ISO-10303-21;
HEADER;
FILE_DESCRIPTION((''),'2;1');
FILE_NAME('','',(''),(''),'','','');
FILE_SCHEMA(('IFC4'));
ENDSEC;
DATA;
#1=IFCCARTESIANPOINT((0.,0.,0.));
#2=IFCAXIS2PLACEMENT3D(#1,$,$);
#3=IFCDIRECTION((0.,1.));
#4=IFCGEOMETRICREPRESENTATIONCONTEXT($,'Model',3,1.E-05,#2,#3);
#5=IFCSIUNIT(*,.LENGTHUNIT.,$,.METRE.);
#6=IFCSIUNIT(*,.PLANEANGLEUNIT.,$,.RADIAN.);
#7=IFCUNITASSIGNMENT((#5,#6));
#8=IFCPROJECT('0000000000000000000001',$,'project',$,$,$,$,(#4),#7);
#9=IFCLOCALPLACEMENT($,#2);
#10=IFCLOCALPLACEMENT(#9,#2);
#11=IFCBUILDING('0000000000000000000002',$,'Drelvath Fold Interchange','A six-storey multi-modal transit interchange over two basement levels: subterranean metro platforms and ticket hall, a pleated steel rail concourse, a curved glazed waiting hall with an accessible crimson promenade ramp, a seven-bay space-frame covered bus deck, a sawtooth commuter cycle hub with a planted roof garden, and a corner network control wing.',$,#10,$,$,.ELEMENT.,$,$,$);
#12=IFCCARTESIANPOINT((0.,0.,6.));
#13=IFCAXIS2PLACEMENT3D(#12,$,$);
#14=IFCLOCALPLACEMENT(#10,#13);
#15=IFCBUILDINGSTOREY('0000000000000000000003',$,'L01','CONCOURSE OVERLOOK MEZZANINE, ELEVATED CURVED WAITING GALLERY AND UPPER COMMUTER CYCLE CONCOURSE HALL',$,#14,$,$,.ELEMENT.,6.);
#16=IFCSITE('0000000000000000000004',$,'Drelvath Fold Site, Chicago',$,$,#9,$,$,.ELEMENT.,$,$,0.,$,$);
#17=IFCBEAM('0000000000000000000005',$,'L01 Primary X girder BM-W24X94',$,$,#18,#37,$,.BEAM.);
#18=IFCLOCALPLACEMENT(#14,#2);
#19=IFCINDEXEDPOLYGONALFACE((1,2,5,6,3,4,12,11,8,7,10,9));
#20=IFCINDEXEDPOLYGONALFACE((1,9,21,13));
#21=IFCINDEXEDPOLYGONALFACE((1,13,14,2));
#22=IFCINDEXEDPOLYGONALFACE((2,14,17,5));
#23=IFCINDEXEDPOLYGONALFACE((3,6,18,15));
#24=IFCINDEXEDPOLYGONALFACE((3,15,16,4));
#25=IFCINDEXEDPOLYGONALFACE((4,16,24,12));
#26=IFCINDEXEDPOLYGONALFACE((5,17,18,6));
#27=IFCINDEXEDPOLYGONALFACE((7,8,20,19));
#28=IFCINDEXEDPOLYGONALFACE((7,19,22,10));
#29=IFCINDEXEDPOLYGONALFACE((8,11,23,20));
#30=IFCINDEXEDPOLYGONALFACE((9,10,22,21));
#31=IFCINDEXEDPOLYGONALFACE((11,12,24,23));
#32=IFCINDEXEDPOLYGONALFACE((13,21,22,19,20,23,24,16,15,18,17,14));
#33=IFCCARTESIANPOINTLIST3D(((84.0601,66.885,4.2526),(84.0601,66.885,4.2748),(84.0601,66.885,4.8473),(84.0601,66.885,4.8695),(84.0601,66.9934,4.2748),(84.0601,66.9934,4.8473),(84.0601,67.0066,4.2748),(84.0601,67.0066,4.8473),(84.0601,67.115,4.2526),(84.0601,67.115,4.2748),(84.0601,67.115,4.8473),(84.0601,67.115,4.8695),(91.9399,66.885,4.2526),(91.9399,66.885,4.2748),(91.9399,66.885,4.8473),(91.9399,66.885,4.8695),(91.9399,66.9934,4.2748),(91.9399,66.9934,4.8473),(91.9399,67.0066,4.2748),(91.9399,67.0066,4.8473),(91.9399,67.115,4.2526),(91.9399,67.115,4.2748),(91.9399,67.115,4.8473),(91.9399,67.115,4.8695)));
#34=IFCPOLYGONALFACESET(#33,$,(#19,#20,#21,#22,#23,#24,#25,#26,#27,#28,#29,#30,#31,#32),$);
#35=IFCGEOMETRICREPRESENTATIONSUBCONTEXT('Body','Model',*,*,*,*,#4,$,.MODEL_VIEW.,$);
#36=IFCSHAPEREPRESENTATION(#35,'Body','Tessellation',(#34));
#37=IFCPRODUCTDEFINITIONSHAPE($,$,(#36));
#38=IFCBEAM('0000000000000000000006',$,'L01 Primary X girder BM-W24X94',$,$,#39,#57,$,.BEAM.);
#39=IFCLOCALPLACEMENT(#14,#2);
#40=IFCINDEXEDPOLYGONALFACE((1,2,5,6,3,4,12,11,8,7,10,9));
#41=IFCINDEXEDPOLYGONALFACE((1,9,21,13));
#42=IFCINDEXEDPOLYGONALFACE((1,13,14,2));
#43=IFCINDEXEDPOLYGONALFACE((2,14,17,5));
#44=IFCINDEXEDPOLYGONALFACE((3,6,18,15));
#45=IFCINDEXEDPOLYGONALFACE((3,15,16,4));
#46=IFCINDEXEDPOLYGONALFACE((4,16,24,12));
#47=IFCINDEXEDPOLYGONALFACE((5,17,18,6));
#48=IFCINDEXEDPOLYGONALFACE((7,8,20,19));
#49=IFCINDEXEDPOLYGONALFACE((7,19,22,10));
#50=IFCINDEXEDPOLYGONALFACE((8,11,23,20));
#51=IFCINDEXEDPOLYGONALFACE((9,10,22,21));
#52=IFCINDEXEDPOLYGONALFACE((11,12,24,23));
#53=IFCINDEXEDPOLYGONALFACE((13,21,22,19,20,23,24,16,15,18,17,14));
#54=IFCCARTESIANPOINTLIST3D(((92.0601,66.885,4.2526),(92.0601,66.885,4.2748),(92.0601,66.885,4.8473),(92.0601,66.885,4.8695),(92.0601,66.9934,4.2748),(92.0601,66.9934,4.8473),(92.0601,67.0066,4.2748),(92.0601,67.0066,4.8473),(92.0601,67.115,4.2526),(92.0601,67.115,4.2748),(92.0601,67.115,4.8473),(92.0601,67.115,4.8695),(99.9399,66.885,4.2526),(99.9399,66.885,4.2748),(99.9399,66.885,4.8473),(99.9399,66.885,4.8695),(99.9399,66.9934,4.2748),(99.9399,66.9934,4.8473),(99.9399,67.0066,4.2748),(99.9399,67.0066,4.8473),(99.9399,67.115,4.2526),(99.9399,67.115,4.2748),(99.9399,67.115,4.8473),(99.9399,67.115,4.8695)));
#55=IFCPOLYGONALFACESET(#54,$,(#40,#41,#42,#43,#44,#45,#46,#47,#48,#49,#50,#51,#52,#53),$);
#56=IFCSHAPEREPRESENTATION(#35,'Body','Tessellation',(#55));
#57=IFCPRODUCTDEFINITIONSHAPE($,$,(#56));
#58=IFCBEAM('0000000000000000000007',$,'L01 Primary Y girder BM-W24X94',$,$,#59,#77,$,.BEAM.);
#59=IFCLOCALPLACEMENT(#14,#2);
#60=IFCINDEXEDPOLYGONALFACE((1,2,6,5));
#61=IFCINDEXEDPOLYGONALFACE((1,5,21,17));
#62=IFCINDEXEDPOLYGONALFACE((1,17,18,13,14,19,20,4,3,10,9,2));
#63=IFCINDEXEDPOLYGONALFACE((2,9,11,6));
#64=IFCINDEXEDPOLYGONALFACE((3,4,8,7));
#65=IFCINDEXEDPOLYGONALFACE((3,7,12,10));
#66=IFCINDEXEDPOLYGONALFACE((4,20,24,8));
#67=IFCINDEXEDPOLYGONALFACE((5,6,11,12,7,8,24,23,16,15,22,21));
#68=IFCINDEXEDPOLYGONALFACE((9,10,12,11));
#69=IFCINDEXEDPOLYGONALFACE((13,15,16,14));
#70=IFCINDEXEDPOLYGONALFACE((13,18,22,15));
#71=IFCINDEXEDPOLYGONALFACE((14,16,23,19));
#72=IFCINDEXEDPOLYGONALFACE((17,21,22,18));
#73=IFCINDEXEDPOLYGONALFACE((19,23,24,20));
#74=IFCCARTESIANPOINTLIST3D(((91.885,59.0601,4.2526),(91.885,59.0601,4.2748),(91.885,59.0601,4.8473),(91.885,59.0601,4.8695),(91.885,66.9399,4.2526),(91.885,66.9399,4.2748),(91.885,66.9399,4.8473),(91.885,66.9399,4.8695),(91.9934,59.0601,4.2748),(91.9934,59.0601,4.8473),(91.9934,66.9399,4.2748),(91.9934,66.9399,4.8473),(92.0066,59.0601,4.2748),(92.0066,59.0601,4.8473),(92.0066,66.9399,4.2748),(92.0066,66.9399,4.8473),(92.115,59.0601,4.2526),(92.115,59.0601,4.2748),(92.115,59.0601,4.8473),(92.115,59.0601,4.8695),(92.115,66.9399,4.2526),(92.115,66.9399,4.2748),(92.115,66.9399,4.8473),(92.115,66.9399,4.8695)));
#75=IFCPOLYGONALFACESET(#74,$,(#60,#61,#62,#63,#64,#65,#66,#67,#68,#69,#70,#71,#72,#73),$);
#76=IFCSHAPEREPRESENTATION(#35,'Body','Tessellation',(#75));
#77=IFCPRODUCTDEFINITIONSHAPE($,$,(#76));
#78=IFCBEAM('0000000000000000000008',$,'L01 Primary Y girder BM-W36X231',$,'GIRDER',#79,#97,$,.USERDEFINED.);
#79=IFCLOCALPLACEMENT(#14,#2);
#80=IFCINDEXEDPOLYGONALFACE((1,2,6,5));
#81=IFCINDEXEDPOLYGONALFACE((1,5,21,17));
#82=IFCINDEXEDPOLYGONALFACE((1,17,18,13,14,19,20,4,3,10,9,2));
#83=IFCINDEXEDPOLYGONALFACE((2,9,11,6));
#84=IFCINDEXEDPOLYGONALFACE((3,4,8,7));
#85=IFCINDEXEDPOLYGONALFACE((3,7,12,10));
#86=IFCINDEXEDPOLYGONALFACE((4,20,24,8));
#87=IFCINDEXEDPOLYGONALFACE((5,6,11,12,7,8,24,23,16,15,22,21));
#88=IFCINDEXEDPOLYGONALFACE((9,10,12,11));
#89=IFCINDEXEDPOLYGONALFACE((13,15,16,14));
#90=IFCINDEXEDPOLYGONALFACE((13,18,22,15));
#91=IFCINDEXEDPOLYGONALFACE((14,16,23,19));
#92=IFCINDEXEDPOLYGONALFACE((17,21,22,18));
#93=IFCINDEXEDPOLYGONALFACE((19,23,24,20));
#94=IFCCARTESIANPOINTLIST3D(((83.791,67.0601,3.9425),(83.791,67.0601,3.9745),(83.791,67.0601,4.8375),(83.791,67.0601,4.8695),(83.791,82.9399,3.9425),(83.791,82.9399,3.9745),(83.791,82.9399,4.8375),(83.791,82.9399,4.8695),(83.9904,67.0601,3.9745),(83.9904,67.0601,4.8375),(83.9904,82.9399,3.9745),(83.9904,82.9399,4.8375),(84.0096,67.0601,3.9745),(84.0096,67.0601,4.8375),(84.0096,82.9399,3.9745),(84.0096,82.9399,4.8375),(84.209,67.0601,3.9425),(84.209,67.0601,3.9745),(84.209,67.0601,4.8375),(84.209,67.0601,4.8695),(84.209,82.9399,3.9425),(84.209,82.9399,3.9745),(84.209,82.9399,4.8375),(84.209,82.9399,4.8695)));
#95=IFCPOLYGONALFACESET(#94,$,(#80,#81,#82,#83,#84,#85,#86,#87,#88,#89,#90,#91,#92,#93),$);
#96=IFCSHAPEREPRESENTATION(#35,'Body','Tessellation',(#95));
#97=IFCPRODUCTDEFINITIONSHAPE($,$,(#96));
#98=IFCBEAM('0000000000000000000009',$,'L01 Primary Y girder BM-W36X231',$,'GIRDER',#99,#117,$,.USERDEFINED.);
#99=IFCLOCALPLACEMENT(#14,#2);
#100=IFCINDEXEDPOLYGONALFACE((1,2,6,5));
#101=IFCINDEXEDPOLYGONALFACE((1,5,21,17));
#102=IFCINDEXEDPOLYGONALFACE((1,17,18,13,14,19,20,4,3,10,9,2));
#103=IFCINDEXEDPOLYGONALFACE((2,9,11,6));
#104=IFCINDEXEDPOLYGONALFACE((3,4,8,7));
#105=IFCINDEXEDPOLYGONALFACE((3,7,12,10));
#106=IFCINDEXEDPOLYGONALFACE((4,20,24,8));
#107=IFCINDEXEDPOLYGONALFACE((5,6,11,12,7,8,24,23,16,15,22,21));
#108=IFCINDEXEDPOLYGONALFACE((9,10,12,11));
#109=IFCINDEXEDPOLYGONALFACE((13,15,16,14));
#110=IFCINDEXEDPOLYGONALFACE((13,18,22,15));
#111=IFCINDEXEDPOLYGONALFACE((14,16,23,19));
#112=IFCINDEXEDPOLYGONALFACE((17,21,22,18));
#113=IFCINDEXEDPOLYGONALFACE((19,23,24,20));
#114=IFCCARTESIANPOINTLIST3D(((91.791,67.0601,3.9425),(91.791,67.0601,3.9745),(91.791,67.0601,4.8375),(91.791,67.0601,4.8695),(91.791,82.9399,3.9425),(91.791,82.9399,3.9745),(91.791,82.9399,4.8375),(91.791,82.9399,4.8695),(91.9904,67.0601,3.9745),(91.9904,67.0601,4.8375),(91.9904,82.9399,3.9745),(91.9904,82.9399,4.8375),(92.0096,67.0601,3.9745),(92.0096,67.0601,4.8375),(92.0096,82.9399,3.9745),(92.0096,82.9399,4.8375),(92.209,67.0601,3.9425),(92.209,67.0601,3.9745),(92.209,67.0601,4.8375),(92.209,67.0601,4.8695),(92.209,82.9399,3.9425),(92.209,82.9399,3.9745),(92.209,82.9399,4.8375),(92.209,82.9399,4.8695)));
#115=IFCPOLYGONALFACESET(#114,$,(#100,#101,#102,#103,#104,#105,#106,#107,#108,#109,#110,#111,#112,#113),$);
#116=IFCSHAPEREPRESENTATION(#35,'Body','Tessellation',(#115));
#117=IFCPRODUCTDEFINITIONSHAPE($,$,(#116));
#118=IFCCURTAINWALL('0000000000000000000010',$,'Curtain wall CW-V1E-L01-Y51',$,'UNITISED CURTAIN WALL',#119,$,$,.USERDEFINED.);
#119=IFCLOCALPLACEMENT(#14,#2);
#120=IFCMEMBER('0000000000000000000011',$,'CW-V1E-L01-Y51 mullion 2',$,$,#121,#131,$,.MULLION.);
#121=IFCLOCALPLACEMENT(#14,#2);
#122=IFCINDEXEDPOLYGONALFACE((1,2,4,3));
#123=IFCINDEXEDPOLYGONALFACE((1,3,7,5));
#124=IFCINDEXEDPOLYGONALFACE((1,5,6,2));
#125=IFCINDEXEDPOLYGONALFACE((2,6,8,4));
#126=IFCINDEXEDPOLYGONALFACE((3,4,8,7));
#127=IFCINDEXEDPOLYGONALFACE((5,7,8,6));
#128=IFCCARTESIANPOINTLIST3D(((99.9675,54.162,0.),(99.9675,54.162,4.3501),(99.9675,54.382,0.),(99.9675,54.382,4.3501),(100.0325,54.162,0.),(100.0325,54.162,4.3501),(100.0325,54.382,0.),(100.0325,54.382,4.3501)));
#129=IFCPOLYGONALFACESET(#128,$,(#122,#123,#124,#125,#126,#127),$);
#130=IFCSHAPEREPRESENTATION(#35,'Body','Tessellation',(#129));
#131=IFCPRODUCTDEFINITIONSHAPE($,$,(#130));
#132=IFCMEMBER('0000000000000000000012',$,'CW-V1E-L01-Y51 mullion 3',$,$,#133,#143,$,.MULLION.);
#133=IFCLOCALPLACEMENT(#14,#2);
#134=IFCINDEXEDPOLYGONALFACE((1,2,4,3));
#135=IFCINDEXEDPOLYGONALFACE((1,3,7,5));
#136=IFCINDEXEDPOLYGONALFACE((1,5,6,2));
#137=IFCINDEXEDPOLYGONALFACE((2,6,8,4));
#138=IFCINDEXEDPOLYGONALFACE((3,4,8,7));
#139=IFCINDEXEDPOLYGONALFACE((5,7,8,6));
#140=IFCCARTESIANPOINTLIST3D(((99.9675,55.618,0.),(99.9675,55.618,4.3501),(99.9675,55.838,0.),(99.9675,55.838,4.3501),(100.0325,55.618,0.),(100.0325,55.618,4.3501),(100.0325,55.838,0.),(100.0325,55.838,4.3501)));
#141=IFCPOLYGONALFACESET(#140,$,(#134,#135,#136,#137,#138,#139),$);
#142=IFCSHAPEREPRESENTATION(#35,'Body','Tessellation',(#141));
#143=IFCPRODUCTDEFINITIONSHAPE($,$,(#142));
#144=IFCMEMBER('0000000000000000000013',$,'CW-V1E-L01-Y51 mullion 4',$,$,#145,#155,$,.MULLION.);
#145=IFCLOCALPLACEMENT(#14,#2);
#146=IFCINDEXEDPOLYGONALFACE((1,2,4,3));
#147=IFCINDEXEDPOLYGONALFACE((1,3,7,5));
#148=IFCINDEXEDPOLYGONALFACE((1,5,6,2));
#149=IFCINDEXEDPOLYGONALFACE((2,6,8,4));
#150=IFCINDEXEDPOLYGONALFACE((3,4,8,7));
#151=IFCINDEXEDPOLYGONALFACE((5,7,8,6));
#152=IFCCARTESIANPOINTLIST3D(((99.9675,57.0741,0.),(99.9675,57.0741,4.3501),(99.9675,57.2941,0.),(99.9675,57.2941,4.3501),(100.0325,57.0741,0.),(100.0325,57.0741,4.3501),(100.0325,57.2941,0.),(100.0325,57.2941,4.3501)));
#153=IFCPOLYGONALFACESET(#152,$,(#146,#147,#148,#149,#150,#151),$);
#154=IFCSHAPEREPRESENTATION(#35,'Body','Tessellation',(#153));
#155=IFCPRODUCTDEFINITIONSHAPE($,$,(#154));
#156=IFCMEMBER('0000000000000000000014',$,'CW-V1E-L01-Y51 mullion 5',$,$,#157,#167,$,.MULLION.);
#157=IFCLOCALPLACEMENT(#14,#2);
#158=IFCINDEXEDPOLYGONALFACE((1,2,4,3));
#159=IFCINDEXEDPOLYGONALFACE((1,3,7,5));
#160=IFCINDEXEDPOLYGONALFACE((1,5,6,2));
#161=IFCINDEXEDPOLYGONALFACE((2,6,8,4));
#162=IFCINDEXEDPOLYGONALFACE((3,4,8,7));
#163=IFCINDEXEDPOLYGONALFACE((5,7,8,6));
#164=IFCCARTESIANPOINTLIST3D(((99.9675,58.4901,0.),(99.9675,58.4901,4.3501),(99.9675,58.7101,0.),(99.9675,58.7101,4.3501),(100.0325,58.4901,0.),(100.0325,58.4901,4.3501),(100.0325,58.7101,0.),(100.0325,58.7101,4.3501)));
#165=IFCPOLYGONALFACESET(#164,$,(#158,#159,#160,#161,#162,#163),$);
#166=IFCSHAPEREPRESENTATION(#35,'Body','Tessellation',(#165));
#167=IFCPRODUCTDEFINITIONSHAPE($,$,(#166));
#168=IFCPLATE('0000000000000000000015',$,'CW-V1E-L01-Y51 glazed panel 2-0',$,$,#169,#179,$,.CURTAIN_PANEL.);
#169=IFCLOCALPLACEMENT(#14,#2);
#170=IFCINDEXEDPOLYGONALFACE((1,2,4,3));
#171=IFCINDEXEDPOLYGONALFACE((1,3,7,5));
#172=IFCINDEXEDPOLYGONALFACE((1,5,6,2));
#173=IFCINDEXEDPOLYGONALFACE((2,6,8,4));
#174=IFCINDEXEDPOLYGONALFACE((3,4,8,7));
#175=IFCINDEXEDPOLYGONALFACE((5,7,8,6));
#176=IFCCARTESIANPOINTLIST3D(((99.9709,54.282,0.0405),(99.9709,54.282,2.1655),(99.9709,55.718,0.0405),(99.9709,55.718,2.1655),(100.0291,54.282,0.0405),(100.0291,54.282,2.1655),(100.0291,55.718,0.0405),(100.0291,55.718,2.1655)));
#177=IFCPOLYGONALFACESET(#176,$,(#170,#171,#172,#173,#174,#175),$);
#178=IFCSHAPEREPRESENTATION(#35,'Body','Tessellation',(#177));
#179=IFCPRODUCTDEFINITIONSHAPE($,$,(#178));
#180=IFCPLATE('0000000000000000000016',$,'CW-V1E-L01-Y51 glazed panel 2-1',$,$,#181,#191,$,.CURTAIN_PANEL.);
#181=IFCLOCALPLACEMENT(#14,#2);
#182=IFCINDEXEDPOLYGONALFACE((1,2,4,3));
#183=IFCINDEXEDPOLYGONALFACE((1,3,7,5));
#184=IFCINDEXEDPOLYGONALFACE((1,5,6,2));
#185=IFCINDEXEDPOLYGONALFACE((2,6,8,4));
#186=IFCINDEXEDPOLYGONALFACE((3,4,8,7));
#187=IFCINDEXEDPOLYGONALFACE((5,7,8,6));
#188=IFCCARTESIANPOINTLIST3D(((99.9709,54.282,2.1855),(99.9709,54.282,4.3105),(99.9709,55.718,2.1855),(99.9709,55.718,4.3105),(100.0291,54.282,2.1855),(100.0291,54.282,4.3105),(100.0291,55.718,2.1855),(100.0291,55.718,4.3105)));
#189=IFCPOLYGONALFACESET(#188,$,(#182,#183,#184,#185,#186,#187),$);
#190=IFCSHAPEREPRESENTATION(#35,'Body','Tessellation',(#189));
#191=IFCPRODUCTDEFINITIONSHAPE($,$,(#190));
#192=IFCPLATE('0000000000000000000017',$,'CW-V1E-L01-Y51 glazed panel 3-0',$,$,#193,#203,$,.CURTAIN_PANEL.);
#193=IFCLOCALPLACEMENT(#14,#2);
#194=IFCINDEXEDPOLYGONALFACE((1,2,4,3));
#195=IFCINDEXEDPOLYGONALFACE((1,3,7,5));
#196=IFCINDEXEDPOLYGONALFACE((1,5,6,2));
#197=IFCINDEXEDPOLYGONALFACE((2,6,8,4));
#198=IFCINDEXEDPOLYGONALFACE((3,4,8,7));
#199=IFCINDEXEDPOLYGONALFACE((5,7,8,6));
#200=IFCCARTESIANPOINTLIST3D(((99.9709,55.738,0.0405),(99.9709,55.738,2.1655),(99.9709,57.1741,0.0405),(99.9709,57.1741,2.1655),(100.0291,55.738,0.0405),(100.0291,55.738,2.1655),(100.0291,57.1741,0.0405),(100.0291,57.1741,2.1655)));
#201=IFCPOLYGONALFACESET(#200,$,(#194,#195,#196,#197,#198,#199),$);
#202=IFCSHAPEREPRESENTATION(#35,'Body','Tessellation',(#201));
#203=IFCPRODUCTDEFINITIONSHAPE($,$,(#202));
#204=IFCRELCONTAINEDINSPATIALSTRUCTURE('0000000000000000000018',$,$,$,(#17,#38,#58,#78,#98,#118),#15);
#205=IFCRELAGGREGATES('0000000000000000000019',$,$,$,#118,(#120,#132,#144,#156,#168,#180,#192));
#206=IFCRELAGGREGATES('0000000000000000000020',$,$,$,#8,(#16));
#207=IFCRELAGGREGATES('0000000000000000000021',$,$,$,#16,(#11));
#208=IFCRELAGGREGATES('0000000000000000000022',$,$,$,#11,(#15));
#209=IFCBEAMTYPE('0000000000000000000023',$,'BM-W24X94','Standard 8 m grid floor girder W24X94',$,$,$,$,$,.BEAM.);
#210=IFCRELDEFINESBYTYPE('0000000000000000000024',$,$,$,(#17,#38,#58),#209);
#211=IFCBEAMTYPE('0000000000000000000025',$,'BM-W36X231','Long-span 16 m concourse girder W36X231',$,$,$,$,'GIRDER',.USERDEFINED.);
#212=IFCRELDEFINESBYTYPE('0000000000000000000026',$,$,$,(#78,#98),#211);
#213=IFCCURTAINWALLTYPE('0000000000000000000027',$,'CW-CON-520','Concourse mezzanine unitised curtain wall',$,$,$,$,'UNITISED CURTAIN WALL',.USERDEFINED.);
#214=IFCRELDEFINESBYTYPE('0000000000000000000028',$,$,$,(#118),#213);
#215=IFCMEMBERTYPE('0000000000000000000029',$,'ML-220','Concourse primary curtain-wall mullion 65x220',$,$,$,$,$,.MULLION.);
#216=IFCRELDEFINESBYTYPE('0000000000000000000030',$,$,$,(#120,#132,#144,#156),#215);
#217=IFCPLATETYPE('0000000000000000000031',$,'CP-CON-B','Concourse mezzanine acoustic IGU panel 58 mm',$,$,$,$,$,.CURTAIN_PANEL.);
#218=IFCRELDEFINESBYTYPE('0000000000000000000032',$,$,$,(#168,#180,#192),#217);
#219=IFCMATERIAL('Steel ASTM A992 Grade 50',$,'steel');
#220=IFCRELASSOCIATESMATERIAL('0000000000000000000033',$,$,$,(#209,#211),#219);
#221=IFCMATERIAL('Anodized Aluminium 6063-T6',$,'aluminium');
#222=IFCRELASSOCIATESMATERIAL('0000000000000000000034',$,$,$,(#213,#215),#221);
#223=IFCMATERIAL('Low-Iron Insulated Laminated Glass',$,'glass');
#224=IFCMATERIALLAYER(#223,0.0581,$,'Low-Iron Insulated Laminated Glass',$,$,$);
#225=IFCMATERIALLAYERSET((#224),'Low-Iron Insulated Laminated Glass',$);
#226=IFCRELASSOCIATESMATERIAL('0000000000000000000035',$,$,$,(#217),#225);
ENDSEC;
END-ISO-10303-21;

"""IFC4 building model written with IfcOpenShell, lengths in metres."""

from ifc_helpers import new_model, si_unit, direction, frame, origin, origin_2d, place, context, subcontext, project, spatial, rectangle, i_section, extrude, material, layer, layer_set, material_profile, profile_set, type_object, element, aggregate, save


model = new_model("IFC4")

# Units and contexts
model_context = context("Model", 3, precision=1e-05, world=origin(), true_north=direction((0.0, 1.0)))
body_context = subcontext(model_context, "Body", "Model", "MODEL_VIEW")
ifc_project = project(units=[si_unit("LENGTHUNIT", "METRE"), si_unit("PLANEANGLEUNIT", "RADIAN")], contexts=[model_context])

# Site, building, storey
site_placement = place(None, origin())
site = spatial("IfcSite", under=ifc_project, at=site_placement, Name="Drelvath Fold Site, Chicago", CompositionType="ELEMENT", RefElevation=0.0)
building_placement = place(site_placement, origin())
building = spatial("IfcBuilding", under=site, at=building_placement, Name="Drelvath Fold Interchange", Description="A six-storey multi-modal transit interchange over two basement levels: subterranean metro platforms and ticket hall, a pleated steel rail concourse, a curved glazed waiting hall with an accessible crimson promenade ramp, a seven-bay space-frame covered bus deck, a sawtooth commuter cycle hub with a planted roof garden, and a corner network control wing.", CompositionType="ELEMENT")
storey_placement = place(building_placement, frame((0.0, 0.0, 6.0)))
storey = spatial("IfcBuildingStorey", under=building, at=storey_placement, Name="L01", Description="CONCOURSE OVERLOOK MEZZANINE, ELEVATED CURVED WAITING GALLERY AND UPPER COMMUTER CYCLE CONCOURSE HALL", CompositionType="ELEMENT", Elevation=6.0)

# Beams
ifc_material_1 = material(Name="Steel ASTM A992 Grade 50", Category="steel")
ifc_material_profile_1 = material_profile(ifc_material_1, i_section(OverallWidth=0.23, OverallDepth=0.6169, WebThickness=0.0132, FlangeThickness=0.0222, at=origin_2d()), Name="W24X94")
ifc_profile_set_1 = profile_set([ifc_material_profile_1], Name="Steel ASTM A992 Grade 50")
beam_type_1 = type_object("IfcBeamType", Name="BM-W24X94", Description="Standard 8 m grid floor girder W24X94", PredefinedType="BEAM", material=ifc_profile_set_1)
for number, where, z_axis, x_axis, name in (
    (1, (84.0601, 67.0, 4.561), (1.0, 0.0, 0.0), (0.0, 1.0, 0.0), "L01 Primary X girder BM-W24X94"),
    (2, (92.0601, 67.0, 4.561), (1.0, 0.0, 0.0), (0.0, 1.0, 0.0), "L01 Primary X girder BM-W24X94"),
    (3, (92.0, 59.0601, 4.561), (0.0, 1.0, 0.0), (-1.0, 0.0, 0.0), "L01 Primary Y girder BM-W24X94"),
):
    element("IfcBeam", number, at=place(storey_placement, frame(where, z_axis=z_axis, x_axis=x_axis)), inside=storey, type_object=beam_type_1, Name=name, PredefinedType="BEAM", context=body_context, shape_type="SweptSolid", body=[
        extrude(i_section(OverallWidth=0.23, OverallDepth=0.6169, WebThickness=0.0132, FlangeThickness=0.0222, at=origin_2d()), origin(), (0.0, 0.0, 1.0), 7.8799),
    ])
ifc_material_profile_2 = material_profile(ifc_material_1, i_section(OverallWidth=0.418, OverallDepth=0.927, WebThickness=0.0193, FlangeThickness=0.032, at=origin_2d()), Name="W36X231")
ifc_profile_set_2 = profile_set([ifc_material_profile_2], Name="Steel ASTM A992 Grade 50")
beam_type_2 = type_object("IfcBeamType", Name="BM-W36X231", Description="Long-span 16 m concourse girder W36X231", ElementType="GIRDER", PredefinedType="USERDEFINED", material=ifc_profile_set_2)
for number, where, z_axis, x_axis, name in (
    (4, (84.0, 67.0601, 4.406), (0.0, 1.0, 0.0), (-1.0, 0.0, 0.0), "L01 Primary Y girder BM-W36X231"),
    (5, (92.0, 67.0601, 4.406), (0.0, 1.0, 0.0), (-1.0, 0.0, 0.0), "L01 Primary Y girder BM-W36X231"),
):
    element("IfcBeam", number, at=place(storey_placement, frame(where, z_axis=z_axis, x_axis=x_axis)), inside=storey, type_object=beam_type_2, Name=name, ObjectType="GIRDER", PredefinedType="USERDEFINED", context=body_context, shape_type="SweptSolid", body=[
        extrude(i_section(OverallWidth=0.418, OverallDepth=0.927, WebThickness=0.0193, FlangeThickness=0.032, at=origin_2d()), origin(), (0.0, 0.0, 1.0), 15.8799),
    ])

# Curtain wall, members, plates
ifc_material_2 = material(Name="Anodized Aluminium 6063-T6", Category="aluminium")
curtain_wall_type = type_object("IfcCurtainWallType", Name="CW-CON-520", Description="Concourse mezzanine unitised curtain wall", ElementType="UNITISED CURTAIN WALL", PredefinedType="USERDEFINED", material=ifc_material_2)
curtain_wall_placement = place(storey_placement, origin())
curtain_wall = element("IfcCurtainWall", 6, at=curtain_wall_placement, inside=storey, type_object=curtain_wall_type, Name="Curtain wall CW-V1E-L01-Y51", ObjectType="UNITISED CURTAIN WALL", PredefinedType="USERDEFINED")
ifc_material_profile_3 = material_profile(ifc_material_2, rectangle(XDim=0.0649, YDim=0.22, at=origin_2d()), Name="AL-M 65x220")
ifc_profile_set_3 = profile_set([ifc_material_profile_3], Name="Anodized Aluminium 6063-T6")
member_type = type_object("IfcMemberType", Name="ML-220", Description="Concourse primary curtain-wall mullion 65x220", PredefinedType="MULLION", material=ifc_profile_set_3)
member_1_placement = place(storey_placement, frame((100.0, 54.272, 0.0), z_axis=(0.0, 0.0, 1.0), x_axis=(1.0, 0.0, 0.0)))
member_1 = element("IfcMember", 7, at=member_1_placement, type_object=member_type, Name="CW-V1E-L01-Y51 mullion 2", PredefinedType="MULLION", context=body_context, shape_type="SweptSolid", body=[
    extrude(rectangle(XDim=0.0649, YDim=0.22, at=origin_2d()), origin(), (0.0, 0.0, 1.0), 4.3501),
])
member_2_placement = place(storey_placement, frame((100.0, 55.728, 0.0), z_axis=(0.0, 0.0, 1.0), x_axis=(1.0, 0.0, 0.0)))
member_2 = element("IfcMember", 8, at=member_2_placement, type_object=member_type, Name="CW-V1E-L01-Y51 mullion 3", PredefinedType="MULLION", context=body_context, shape_type="SweptSolid", body=[
    extrude(rectangle(XDim=0.0649, YDim=0.22, at=origin_2d()), origin(), (0.0, 0.0, 1.0), 4.3501),
])
member_3_placement = place(storey_placement, frame((100.0, 57.1841, 0.0), z_axis=(0.0, 0.0, 1.0), x_axis=(1.0, 0.0, 0.0)))
member_3 = element("IfcMember", 9, at=member_3_placement, type_object=member_type, Name="CW-V1E-L01-Y51 mullion 4", PredefinedType="MULLION", context=body_context, shape_type="SweptSolid", body=[
    extrude(rectangle(XDim=0.0649, YDim=0.22, at=origin_2d()), origin(), (0.0, 0.0, 1.0), 4.3501),
])
member_4_placement = place(storey_placement, frame((100.0, 58.6001, 0.0), z_axis=(0.0, 0.0, 1.0), x_axis=(1.0, 0.0, 0.0)))
member_4 = element("IfcMember", 10, at=member_4_placement, type_object=member_type, Name="CW-V1E-L01-Y51 mullion 5", PredefinedType="MULLION", context=body_context, shape_type="SweptSolid", body=[
    extrude(rectangle(XDim=0.0649, YDim=0.22, at=origin_2d()), origin(), (0.0, 0.0, 1.0), 4.3501),
])
ifc_material_3 = material(Name="Low-Iron Insulated Laminated Glass", Category="glass")
ifc_layer = layer(ifc_material_3, 0.0581, Name="Low-Iron Insulated Laminated Glass")
ifc_layer_set = layer_set([ifc_layer], Name="Low-Iron Insulated Laminated Glass")
plate_type = type_object("IfcPlateType", Name="CP-CON-B", Description="Concourse mezzanine acoustic IGU panel 58 mm", PredefinedType="CURTAIN_PANEL", material=ifc_layer_set)
plate_1_placement = place(storey_placement, frame((100.0, 55.0, 0.0405), z_axis=(0.0, 0.0, 1.0), x_axis=(0.0, 1.0, 0.0)))
plate_1 = element("IfcPlate", 11, at=plate_1_placement, type_object=plate_type, Name="CW-V1E-L01-Y51 glazed panel 2-0", PredefinedType="CURTAIN_PANEL", context=body_context, shape_type="SweptSolid", body=[
    extrude(rectangle(XDim=1.436, YDim=0.0581, at=origin_2d()), origin(), (0.0, 0.0, 1.0), 2.125),
])
plate_2_placement = place(storey_placement, frame((100.0, 55.0, 2.1855), z_axis=(0.0, 0.0, 1.0), x_axis=(0.0, 1.0, 0.0)))
plate_2 = element("IfcPlate", 12, at=plate_2_placement, type_object=plate_type, Name="CW-V1E-L01-Y51 glazed panel 2-1", PredefinedType="CURTAIN_PANEL", context=body_context, shape_type="SweptSolid", body=[
    extrude(rectangle(XDim=1.436, YDim=0.0581, at=origin_2d()), origin(), (0.0, 0.0, 1.0), 2.125),
])
plate_3_placement = place(storey_placement, frame((100.0, 56.4561, 0.0405), z_axis=(0.0, 0.0, 1.0), x_axis=(0.0, 1.0, 0.0)))
plate_3 = element("IfcPlate", 13, at=plate_3_placement, type_object=plate_type, Name="CW-V1E-L01-Y51 glazed panel 3-0", PredefinedType="CURTAIN_PANEL", context=body_context, shape_type="SweptSolid", body=[
    extrude(rectangle(XDim=1.436, YDim=0.0581, at=origin_2d()), origin(), (0.0, 0.0, 1.0), 2.125),
])
aggregate(curtain_wall, [member_1, member_2, member_3, member_4, plate_1, plate_2, plate_3])

save(model, "model.ifc")
